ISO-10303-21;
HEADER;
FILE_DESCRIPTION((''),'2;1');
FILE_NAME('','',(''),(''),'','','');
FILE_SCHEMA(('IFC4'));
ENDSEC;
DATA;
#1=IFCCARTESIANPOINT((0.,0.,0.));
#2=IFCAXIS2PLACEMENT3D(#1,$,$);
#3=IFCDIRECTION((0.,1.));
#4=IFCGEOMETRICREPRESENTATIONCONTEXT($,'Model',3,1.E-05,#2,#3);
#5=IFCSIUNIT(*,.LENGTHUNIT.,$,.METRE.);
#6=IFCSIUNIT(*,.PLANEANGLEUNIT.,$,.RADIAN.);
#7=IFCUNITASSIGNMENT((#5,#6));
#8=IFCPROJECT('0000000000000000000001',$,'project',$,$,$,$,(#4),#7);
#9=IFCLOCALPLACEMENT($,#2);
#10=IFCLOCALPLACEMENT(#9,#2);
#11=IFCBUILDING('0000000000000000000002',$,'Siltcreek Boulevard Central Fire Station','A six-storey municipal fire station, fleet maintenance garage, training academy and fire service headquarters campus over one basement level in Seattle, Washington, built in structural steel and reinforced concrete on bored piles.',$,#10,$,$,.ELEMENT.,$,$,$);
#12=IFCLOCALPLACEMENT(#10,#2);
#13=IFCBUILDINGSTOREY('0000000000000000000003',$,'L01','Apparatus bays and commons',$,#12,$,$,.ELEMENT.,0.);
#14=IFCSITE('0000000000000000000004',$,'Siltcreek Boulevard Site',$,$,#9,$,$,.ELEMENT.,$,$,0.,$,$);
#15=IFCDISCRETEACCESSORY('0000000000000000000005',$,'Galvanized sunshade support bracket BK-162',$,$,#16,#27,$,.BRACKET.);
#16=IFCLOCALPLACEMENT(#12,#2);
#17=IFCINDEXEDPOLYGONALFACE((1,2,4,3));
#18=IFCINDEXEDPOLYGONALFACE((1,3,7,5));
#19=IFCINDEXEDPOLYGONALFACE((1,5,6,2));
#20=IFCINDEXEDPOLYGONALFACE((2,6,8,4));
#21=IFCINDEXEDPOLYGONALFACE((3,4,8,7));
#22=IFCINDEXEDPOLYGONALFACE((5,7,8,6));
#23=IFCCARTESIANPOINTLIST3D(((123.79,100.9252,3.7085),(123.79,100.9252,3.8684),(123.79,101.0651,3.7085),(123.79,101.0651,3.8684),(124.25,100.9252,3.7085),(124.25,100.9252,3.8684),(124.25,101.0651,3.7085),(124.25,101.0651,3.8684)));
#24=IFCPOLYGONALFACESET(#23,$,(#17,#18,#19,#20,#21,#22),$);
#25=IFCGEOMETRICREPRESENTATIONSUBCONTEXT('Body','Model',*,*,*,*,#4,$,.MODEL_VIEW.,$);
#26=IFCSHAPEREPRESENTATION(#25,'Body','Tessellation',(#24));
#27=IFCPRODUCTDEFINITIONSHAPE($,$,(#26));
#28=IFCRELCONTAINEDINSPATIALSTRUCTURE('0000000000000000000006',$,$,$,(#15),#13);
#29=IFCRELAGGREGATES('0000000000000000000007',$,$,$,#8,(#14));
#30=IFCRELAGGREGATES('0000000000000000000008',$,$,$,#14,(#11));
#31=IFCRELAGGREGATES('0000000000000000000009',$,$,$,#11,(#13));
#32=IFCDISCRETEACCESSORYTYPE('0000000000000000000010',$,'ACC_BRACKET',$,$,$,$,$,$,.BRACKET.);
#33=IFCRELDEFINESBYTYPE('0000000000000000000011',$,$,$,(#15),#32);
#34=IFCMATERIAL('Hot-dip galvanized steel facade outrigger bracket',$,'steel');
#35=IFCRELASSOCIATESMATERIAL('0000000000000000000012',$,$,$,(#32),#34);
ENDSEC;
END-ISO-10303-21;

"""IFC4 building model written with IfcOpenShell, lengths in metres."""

from ifc_helpers import new_model, si_unit, direction, frame, origin, origin_2d, place, context, subcontext, project, spatial, rectangle, extrude, material, type_object, element, save


model = new_model("IFC4")

# Units and contexts
model_context = context("Model", 3, precision=1e-05, world=origin(), true_north=direction((0.0, 1.0)))
body_context = subcontext(model_context, "Body", "Model", "MODEL_VIEW")
ifc_project = project(units=[si_unit("LENGTHUNIT", "METRE"), si_unit("PLANEANGLEUNIT", "RADIAN")], contexts=[model_context])

# Site, building, storey
site_placement = place(None, origin())
site = spatial("IfcSite", under=ifc_project, at=site_placement, Name="Siltcreek Boulevard Site", CompositionType="ELEMENT", RefElevation=0.0)
building_placement = place(site_placement, origin())
building = spatial("IfcBuilding", under=site, at=building_placement, Name="Siltcreek Boulevard Central Fire Station", Description="A six-storey municipal fire station, fleet maintenance garage, training academy and fire service headquarters campus over one basement level in Seattle, Washington, built in structural steel and reinforced concrete on bored piles.", CompositionType="ELEMENT")
storey_placement = place(building_placement, origin())
storey = spatial("IfcBuildingStorey", under=building, at=storey_placement, Name="L01", Description="Apparatus bays and commons", CompositionType="ELEMENT", Elevation=0.0)

# Discrete accessory
ifc_material_1 = material(Name="Hot-dip galvanized steel facade outrigger bracket", Category="steel")
discrete_accessory_type = type_object("IfcDiscreteAccessoryType", Name="ACC_BRACKET", PredefinedType="BRACKET", material=ifc_material_1)
discrete_accessory_placement = place(storey_placement, frame((124.02, 100.9951, 3.7085), z_axis=(0.0, 0.0, 1.0), x_axis=(0.0, -1.0, 0.0)))
element("IfcDiscreteAccessory", 1, at=discrete_accessory_placement, inside=storey, type_object=discrete_accessory_type, Name="Galvanized sunshade support bracket BK-162", PredefinedType="BRACKET", context=body_context, shape_type="SweptSolid", body=[
    extrude(rectangle(XDim=0.1399, YDim=0.46, at=origin_2d()), origin(), (0.0, 0.0, 1.0), 0.1599),
])

save(model, "model.ifc")
